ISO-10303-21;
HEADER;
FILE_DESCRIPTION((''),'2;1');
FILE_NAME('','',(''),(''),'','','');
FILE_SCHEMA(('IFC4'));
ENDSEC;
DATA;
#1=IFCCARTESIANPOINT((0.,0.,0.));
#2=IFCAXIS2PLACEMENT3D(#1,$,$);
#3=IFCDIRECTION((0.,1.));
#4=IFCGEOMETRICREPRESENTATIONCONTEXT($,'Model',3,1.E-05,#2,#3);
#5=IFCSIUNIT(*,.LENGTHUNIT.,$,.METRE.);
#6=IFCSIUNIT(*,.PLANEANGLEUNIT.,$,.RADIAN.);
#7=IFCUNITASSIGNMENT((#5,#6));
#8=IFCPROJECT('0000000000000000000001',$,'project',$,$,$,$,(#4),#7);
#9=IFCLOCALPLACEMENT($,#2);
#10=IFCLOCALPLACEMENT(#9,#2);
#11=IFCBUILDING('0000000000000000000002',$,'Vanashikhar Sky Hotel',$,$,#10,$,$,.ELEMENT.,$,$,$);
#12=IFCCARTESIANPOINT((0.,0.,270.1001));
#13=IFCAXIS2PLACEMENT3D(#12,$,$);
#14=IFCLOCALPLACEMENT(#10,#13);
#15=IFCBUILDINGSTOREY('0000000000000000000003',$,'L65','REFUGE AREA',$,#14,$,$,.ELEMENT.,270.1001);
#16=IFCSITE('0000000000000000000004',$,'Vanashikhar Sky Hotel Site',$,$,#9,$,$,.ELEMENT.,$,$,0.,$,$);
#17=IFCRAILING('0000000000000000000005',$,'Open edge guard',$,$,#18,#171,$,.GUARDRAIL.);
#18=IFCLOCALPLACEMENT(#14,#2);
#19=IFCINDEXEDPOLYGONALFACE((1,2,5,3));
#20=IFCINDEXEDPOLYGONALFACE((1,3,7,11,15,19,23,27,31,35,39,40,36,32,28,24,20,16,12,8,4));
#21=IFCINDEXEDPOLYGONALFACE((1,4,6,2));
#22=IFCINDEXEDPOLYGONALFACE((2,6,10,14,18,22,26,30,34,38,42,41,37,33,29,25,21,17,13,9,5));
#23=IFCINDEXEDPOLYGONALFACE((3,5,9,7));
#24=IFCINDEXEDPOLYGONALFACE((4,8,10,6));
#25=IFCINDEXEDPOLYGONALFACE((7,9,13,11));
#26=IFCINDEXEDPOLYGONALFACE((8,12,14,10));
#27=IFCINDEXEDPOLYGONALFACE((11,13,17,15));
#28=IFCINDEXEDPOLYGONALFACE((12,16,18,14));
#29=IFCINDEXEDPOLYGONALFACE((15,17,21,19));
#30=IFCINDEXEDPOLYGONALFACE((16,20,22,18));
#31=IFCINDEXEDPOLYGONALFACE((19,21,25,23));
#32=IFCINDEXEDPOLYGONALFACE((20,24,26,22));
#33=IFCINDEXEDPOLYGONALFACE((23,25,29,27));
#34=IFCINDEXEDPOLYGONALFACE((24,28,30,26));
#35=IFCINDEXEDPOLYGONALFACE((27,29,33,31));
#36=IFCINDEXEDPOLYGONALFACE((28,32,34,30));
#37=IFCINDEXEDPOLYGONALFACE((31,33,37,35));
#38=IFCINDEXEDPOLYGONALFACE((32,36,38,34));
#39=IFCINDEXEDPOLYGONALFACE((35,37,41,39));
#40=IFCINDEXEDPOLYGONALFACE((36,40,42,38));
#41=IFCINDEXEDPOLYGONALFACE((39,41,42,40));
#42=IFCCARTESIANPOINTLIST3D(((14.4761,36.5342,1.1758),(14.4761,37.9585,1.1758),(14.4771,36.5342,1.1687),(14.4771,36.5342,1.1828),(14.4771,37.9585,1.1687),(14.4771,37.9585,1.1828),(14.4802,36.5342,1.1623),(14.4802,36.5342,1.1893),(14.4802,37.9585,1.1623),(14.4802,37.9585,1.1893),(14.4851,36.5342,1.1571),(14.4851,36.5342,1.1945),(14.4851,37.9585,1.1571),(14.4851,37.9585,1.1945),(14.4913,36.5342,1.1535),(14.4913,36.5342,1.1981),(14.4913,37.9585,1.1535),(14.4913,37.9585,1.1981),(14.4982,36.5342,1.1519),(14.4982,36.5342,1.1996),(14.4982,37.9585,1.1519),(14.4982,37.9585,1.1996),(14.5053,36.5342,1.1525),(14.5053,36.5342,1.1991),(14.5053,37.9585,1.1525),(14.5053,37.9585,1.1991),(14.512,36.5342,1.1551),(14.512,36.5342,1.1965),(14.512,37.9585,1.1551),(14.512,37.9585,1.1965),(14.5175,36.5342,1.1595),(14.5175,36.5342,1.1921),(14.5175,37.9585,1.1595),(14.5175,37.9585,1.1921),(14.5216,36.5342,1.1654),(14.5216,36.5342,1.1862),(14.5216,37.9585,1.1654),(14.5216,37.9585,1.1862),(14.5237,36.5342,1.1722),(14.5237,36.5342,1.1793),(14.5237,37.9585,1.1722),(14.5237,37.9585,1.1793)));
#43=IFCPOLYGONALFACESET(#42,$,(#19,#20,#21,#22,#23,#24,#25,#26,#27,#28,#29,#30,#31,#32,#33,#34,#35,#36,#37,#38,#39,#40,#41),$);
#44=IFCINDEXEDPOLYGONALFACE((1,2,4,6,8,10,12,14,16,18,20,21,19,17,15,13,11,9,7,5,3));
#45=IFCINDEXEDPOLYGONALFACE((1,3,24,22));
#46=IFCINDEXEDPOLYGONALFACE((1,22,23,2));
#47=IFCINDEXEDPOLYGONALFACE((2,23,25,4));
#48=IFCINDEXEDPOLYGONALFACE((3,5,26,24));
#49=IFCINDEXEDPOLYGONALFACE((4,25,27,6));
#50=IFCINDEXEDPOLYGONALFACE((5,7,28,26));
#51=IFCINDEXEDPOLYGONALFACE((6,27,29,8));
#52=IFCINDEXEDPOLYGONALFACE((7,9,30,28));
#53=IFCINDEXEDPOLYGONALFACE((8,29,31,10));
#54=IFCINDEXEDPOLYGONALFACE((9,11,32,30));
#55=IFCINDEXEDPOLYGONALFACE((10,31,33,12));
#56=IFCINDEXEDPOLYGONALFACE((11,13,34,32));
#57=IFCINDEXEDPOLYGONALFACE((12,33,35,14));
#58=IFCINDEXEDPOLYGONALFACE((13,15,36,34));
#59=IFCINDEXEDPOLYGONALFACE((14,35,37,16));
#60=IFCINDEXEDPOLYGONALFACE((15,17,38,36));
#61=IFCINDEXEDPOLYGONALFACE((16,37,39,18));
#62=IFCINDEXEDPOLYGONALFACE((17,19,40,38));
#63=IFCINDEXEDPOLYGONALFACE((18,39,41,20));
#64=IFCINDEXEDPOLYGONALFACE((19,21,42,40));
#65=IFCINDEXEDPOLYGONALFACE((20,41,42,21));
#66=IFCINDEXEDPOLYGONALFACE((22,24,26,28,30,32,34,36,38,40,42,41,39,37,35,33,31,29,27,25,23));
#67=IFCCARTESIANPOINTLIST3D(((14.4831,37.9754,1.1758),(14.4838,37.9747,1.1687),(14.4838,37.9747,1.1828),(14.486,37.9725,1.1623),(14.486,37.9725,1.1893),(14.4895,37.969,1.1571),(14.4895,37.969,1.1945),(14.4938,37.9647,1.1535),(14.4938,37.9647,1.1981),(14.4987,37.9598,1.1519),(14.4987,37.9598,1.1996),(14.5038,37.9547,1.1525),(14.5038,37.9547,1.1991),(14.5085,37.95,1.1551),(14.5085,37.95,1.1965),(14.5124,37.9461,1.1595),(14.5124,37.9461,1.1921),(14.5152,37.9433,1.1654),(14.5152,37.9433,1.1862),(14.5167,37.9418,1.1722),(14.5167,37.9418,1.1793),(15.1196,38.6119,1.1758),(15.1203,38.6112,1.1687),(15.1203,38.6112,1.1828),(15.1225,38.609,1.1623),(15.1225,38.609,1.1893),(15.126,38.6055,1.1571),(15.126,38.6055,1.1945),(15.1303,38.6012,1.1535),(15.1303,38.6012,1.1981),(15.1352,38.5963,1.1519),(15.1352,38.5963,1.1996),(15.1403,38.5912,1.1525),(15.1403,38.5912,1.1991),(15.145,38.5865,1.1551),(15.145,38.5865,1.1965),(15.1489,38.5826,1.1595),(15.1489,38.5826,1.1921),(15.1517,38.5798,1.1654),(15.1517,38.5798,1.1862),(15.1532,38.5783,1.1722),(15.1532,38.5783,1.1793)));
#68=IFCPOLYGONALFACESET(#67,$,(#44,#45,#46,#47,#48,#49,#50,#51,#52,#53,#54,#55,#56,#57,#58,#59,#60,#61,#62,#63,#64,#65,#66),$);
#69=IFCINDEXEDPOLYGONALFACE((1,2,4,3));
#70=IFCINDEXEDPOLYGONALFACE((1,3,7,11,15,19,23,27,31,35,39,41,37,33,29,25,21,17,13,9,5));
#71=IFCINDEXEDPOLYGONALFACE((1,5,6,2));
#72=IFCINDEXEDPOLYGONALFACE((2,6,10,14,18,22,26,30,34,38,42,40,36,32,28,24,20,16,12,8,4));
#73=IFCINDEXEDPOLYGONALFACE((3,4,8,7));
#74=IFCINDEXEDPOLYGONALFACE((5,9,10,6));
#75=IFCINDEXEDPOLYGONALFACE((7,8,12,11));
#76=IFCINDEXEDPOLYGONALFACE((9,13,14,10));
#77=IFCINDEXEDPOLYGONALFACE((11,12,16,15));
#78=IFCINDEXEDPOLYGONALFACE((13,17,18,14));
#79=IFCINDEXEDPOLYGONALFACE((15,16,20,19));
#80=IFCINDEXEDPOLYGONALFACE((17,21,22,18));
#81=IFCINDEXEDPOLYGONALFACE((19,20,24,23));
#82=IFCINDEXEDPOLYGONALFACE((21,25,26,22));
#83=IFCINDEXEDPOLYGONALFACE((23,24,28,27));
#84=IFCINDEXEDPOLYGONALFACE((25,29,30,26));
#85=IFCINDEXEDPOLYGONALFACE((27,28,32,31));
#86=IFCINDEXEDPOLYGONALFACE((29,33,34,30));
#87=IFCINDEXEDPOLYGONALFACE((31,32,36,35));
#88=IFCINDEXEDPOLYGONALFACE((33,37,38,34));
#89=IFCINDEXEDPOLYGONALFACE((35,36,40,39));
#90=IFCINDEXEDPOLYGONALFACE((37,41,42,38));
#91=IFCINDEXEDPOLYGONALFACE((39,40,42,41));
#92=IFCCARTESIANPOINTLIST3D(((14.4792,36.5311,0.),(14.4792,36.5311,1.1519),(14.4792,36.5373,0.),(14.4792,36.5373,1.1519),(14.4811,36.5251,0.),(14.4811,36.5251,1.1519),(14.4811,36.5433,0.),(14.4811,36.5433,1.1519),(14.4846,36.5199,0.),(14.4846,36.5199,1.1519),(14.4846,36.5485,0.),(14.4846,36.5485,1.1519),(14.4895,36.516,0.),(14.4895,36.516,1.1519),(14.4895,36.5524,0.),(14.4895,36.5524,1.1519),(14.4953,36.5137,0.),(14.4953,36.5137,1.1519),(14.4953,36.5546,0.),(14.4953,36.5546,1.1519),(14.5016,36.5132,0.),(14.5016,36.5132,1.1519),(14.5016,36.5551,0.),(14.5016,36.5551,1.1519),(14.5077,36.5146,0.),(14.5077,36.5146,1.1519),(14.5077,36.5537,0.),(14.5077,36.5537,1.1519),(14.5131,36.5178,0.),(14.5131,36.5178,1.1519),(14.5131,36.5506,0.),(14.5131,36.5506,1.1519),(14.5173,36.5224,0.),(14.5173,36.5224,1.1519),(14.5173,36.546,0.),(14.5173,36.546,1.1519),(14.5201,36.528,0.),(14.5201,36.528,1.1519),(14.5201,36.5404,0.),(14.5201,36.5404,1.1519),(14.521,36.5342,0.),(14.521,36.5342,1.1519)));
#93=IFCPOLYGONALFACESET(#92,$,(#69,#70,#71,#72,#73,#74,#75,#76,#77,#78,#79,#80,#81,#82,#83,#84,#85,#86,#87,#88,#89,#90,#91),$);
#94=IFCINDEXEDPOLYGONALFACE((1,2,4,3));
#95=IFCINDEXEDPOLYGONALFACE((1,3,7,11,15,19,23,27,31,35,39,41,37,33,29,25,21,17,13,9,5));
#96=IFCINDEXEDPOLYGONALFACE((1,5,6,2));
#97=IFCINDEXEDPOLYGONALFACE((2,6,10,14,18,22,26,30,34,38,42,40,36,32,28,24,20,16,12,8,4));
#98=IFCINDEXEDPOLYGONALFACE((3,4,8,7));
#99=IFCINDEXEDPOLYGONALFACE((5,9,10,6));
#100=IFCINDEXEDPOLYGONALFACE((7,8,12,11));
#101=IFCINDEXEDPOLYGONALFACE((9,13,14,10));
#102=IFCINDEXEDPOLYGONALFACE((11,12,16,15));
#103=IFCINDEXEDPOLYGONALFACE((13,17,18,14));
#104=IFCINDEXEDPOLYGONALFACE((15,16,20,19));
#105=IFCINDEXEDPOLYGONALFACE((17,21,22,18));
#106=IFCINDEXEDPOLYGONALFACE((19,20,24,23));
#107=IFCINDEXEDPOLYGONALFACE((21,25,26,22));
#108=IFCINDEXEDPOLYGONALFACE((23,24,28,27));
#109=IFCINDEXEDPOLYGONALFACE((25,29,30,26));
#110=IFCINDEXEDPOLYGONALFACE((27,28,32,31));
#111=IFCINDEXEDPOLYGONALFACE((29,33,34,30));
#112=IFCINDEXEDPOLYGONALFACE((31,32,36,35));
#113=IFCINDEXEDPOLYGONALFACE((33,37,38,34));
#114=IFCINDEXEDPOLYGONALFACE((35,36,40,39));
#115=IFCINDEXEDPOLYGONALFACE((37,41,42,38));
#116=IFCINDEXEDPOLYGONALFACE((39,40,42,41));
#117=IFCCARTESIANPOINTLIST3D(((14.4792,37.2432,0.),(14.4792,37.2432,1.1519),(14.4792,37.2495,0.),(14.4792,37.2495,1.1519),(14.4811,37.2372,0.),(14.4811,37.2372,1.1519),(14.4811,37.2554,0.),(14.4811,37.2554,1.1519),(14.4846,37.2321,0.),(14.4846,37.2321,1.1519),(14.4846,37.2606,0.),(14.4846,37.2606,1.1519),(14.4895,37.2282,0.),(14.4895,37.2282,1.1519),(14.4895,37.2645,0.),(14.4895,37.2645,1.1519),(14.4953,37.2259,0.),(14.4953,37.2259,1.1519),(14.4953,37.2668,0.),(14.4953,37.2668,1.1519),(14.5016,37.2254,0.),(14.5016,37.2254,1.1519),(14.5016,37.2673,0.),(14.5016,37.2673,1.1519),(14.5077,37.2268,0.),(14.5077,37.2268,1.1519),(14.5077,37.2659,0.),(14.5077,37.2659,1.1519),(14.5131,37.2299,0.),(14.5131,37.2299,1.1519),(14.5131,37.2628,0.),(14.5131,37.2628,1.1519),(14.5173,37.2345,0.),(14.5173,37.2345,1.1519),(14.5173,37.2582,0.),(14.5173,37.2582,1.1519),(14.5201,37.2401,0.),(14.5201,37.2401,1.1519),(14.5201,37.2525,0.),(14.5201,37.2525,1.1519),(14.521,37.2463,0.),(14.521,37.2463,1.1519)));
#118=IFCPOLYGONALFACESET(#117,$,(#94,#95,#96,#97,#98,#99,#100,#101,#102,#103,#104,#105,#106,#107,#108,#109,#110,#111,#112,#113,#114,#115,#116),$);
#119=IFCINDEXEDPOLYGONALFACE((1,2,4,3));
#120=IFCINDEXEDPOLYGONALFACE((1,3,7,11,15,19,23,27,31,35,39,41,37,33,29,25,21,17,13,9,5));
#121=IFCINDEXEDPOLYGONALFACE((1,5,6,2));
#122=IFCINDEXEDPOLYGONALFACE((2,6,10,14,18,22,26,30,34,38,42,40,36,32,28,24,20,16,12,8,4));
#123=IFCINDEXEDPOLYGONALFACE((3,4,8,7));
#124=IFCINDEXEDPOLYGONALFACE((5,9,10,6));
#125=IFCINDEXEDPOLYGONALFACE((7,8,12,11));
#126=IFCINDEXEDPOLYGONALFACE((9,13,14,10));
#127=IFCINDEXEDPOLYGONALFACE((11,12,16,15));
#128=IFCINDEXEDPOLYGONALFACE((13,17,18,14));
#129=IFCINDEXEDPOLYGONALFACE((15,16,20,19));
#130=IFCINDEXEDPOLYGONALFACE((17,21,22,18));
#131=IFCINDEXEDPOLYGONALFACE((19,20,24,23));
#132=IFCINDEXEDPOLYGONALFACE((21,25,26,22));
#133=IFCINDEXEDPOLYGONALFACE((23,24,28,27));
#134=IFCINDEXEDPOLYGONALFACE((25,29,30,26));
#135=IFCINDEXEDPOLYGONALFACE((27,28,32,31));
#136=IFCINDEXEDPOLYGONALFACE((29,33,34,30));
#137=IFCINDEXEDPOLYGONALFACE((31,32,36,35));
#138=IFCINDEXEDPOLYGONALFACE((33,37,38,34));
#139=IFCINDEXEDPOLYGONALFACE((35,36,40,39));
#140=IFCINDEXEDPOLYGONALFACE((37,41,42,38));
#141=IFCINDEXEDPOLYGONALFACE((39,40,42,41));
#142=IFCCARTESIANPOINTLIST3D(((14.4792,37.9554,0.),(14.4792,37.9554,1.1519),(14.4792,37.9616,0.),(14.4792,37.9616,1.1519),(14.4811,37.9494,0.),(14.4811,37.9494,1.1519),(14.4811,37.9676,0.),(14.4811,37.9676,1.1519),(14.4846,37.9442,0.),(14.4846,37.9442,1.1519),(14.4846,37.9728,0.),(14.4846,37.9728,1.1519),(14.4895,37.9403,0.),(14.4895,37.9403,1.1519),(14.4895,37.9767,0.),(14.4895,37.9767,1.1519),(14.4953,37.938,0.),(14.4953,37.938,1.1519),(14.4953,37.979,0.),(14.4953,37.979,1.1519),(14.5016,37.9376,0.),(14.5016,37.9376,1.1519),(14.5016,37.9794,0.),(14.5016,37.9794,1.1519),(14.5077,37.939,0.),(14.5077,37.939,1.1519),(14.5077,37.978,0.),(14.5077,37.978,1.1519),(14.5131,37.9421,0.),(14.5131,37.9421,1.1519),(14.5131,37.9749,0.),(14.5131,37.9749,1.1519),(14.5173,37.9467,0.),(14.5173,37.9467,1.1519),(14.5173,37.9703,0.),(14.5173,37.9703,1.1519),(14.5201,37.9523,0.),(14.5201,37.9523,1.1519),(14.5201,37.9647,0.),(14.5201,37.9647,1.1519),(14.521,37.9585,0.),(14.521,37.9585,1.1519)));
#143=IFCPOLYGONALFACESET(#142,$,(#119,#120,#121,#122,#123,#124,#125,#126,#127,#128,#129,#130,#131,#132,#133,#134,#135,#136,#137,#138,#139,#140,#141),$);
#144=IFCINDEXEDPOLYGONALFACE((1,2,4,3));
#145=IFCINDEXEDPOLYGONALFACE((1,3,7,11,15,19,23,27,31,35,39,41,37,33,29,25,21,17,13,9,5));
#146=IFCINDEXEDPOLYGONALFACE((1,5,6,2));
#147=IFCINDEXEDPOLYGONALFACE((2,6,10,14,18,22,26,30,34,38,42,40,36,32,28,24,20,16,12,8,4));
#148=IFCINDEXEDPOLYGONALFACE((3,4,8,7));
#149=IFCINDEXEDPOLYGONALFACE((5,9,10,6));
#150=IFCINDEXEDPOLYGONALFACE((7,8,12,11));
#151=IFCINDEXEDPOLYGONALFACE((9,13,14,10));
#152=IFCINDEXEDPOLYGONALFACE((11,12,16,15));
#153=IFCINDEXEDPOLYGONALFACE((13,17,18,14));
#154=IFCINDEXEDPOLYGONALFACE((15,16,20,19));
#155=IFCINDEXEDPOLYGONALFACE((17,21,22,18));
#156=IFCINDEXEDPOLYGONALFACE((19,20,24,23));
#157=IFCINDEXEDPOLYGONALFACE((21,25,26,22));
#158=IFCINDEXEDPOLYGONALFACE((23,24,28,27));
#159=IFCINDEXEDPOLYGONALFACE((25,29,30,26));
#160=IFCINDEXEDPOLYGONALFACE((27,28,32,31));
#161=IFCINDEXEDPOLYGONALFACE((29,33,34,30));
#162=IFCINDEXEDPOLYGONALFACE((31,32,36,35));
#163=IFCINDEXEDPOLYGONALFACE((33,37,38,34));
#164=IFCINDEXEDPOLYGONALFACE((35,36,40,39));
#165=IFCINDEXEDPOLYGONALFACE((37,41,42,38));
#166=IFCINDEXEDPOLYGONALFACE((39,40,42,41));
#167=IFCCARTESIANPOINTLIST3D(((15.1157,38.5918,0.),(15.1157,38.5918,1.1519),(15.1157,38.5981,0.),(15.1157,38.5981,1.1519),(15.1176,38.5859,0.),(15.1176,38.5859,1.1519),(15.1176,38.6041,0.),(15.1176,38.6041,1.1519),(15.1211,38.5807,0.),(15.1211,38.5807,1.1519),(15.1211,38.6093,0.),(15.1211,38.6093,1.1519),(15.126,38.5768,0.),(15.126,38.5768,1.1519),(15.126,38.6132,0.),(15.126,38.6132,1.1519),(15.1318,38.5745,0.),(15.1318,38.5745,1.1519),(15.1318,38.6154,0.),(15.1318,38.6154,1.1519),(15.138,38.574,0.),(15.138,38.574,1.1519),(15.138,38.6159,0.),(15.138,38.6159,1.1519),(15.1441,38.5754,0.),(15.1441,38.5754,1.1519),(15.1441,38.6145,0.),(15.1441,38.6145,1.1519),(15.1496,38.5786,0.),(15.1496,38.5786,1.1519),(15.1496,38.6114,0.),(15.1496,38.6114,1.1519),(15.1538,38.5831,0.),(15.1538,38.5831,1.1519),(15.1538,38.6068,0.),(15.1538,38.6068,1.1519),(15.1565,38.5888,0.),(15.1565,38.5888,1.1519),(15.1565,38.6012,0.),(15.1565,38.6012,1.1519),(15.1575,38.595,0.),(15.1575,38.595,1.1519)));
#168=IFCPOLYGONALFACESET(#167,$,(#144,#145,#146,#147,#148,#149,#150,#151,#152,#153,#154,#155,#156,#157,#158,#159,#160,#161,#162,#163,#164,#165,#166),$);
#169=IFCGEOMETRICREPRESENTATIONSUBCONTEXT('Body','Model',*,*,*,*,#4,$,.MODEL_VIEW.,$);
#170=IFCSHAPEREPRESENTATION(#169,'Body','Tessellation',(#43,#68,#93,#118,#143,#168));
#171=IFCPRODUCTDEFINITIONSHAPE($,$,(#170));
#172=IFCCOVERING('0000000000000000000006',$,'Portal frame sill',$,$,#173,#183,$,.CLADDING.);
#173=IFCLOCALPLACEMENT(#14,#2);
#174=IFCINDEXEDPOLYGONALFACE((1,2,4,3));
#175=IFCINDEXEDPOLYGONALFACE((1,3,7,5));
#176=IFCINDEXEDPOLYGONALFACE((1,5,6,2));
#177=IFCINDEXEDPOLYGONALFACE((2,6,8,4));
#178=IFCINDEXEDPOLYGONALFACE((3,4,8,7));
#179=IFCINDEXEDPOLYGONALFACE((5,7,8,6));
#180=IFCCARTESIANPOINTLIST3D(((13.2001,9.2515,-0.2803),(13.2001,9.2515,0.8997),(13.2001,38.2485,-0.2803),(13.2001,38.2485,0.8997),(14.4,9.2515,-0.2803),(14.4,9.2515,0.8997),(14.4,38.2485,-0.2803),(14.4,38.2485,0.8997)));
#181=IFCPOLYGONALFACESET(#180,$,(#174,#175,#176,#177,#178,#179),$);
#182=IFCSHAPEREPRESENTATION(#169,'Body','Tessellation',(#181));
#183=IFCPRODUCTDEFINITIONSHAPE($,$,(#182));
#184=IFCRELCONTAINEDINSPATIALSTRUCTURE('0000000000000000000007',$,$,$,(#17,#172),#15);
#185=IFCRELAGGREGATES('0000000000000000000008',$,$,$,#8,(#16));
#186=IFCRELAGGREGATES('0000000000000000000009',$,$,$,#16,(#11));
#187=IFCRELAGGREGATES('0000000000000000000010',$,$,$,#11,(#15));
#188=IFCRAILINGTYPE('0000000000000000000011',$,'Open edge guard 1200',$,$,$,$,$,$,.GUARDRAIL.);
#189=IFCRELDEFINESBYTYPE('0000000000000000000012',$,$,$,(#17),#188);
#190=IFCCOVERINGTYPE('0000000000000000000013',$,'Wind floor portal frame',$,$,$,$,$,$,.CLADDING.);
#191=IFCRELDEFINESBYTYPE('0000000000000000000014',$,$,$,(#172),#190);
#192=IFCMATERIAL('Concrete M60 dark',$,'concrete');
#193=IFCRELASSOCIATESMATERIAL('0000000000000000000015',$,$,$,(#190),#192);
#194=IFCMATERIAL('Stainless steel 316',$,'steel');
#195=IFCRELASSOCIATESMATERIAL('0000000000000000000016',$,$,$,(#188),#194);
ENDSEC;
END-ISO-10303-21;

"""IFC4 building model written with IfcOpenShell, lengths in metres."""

from ifc_helpers import new_model, si_unit, direction, frame, origin, origin_2d, place, context, subcontext, project, spatial, rectangle, circle, extrude, source, transform, mapped, material, type_object, element, save


model = new_model("IFC4")

# Units and contexts
model_context = context("Model", 3, precision=1e-05, world=origin(), true_north=direction((0.0, 1.0)))
body_context = subcontext(model_context, "Body", "Model", "MODEL_VIEW")
ifc_project = project(units=[si_unit("LENGTHUNIT", "METRE"), si_unit("PLANEANGLEUNIT", "RADIAN")], contexts=[model_context])

# Site, building, storey
site_placement = place(None, origin())
site = spatial("IfcSite", under=ifc_project, at=site_placement, Name="Vanashikhar Sky Hotel Site", CompositionType="ELEMENT", RefElevation=0.0)
building_placement = place(site_placement, origin())
building = spatial("IfcBuilding", under=site, at=building_placement, Name="Vanashikhar Sky Hotel", CompositionType="ELEMENT")
storey_placement = place(building_placement, frame((0.0, 0.0, 270.1001)))
storey = spatial("IfcBuildingStorey", under=building, at=storey_placement, Name="L65", Description="REFUGE AREA", CompositionType="ELEMENT", Elevation=270.1001)

# Shared definitions
ifc_material_1 = material(Name="Concrete M60 dark", Category="concrete")
covering_type = type_object("IfcCoveringType", Name="Wind floor portal frame", PredefinedType="CLADDING", material=ifc_material_1)

# Railing
ifc_material_2 = material(Name="Stainless steel 316", Category="steel")
railing_type_1 = type_object("IfcRailingType", Name="Open edge guard 1200", PredefinedType="GUARDRAIL", material=ifc_material_2)
shared_shape_1 = source(origin(), body_context, "Body", "SweptSolid", [
    extrude(circle(Radius=0.0239, at=origin_2d()), frame((0.0, 0.0, 1.1758), z_axis=(0.0, 1.0, 0.0), x_axis=(-1.0, 0.0, 0.0)), (0.0, 0.0, 1.0), 1.4243),
    extrude(circle(Radius=0.0239, at=origin_2d()), frame((0.0, 1.4243, 1.1758), z_axis=(0.707107, 0.707107, 0.0), x_axis=(-0.707107, 0.707107, 0.0)), (0.0, 0.0, 1.0), 0.9001),
    extrude(circle(Radius=0.021, at=origin_2d()), origin(), (0.0, 0.0, 1.0), 1.1519),
    extrude(circle(Radius=0.021, at=origin_2d()), frame((0.0, 0.7122, 0.0)), (0.0, 0.0, 1.0), 1.1519),
    extrude(circle(Radius=0.021, at=origin_2d()), frame((0.0, 1.4243, 0.0)), (0.0, 0.0, 1.0), 1.1519),
    extrude(circle(Radius=0.021, at=origin_2d()), frame((0.6365, 2.0608, 0.0)), (0.0, 0.0, 1.0), 1.1519),
])
railing_1_placement = place(storey_placement, frame((14.5, 36.5342, 0.0)))
element("IfcRailing", 1, at=railing_1_placement, inside=storey, type_object=railing_type_1, Name="Open edge guard", PredefinedType="GUARDRAIL", context=body_context, shape_type="MappedRepresentation", body=[
    mapped(shared_shape_1, transform((0.0, 0.0, 0.0), scale=1.0)),
])

# Covering
shared_shape_2 = source(origin(), body_context, "Body", "SweptSolid", [
    extrude(rectangle(XDim=28.9971, YDim=1.2, at=origin_2d()), origin(), (0.0, 0.0, 1.0), 1.1799),
])
covering_1_placement = place(storey_placement, frame((13.8, 23.75, -0.2803), z_axis=(0.0, 0.0, 1.0), x_axis=(0.0, -1.0, 0.0)))
element("IfcCovering", 2, at=covering_1_placement, inside=storey, type_object=covering_type, Name="Portal frame sill", PredefinedType="CLADDING", context=body_context, shape_type="MappedRepresentation", body=[
    mapped(shared_shape_2, transform((0.0, 0.0, 0.0), scale=1.0)),
])

save(model, "model.ifc")
